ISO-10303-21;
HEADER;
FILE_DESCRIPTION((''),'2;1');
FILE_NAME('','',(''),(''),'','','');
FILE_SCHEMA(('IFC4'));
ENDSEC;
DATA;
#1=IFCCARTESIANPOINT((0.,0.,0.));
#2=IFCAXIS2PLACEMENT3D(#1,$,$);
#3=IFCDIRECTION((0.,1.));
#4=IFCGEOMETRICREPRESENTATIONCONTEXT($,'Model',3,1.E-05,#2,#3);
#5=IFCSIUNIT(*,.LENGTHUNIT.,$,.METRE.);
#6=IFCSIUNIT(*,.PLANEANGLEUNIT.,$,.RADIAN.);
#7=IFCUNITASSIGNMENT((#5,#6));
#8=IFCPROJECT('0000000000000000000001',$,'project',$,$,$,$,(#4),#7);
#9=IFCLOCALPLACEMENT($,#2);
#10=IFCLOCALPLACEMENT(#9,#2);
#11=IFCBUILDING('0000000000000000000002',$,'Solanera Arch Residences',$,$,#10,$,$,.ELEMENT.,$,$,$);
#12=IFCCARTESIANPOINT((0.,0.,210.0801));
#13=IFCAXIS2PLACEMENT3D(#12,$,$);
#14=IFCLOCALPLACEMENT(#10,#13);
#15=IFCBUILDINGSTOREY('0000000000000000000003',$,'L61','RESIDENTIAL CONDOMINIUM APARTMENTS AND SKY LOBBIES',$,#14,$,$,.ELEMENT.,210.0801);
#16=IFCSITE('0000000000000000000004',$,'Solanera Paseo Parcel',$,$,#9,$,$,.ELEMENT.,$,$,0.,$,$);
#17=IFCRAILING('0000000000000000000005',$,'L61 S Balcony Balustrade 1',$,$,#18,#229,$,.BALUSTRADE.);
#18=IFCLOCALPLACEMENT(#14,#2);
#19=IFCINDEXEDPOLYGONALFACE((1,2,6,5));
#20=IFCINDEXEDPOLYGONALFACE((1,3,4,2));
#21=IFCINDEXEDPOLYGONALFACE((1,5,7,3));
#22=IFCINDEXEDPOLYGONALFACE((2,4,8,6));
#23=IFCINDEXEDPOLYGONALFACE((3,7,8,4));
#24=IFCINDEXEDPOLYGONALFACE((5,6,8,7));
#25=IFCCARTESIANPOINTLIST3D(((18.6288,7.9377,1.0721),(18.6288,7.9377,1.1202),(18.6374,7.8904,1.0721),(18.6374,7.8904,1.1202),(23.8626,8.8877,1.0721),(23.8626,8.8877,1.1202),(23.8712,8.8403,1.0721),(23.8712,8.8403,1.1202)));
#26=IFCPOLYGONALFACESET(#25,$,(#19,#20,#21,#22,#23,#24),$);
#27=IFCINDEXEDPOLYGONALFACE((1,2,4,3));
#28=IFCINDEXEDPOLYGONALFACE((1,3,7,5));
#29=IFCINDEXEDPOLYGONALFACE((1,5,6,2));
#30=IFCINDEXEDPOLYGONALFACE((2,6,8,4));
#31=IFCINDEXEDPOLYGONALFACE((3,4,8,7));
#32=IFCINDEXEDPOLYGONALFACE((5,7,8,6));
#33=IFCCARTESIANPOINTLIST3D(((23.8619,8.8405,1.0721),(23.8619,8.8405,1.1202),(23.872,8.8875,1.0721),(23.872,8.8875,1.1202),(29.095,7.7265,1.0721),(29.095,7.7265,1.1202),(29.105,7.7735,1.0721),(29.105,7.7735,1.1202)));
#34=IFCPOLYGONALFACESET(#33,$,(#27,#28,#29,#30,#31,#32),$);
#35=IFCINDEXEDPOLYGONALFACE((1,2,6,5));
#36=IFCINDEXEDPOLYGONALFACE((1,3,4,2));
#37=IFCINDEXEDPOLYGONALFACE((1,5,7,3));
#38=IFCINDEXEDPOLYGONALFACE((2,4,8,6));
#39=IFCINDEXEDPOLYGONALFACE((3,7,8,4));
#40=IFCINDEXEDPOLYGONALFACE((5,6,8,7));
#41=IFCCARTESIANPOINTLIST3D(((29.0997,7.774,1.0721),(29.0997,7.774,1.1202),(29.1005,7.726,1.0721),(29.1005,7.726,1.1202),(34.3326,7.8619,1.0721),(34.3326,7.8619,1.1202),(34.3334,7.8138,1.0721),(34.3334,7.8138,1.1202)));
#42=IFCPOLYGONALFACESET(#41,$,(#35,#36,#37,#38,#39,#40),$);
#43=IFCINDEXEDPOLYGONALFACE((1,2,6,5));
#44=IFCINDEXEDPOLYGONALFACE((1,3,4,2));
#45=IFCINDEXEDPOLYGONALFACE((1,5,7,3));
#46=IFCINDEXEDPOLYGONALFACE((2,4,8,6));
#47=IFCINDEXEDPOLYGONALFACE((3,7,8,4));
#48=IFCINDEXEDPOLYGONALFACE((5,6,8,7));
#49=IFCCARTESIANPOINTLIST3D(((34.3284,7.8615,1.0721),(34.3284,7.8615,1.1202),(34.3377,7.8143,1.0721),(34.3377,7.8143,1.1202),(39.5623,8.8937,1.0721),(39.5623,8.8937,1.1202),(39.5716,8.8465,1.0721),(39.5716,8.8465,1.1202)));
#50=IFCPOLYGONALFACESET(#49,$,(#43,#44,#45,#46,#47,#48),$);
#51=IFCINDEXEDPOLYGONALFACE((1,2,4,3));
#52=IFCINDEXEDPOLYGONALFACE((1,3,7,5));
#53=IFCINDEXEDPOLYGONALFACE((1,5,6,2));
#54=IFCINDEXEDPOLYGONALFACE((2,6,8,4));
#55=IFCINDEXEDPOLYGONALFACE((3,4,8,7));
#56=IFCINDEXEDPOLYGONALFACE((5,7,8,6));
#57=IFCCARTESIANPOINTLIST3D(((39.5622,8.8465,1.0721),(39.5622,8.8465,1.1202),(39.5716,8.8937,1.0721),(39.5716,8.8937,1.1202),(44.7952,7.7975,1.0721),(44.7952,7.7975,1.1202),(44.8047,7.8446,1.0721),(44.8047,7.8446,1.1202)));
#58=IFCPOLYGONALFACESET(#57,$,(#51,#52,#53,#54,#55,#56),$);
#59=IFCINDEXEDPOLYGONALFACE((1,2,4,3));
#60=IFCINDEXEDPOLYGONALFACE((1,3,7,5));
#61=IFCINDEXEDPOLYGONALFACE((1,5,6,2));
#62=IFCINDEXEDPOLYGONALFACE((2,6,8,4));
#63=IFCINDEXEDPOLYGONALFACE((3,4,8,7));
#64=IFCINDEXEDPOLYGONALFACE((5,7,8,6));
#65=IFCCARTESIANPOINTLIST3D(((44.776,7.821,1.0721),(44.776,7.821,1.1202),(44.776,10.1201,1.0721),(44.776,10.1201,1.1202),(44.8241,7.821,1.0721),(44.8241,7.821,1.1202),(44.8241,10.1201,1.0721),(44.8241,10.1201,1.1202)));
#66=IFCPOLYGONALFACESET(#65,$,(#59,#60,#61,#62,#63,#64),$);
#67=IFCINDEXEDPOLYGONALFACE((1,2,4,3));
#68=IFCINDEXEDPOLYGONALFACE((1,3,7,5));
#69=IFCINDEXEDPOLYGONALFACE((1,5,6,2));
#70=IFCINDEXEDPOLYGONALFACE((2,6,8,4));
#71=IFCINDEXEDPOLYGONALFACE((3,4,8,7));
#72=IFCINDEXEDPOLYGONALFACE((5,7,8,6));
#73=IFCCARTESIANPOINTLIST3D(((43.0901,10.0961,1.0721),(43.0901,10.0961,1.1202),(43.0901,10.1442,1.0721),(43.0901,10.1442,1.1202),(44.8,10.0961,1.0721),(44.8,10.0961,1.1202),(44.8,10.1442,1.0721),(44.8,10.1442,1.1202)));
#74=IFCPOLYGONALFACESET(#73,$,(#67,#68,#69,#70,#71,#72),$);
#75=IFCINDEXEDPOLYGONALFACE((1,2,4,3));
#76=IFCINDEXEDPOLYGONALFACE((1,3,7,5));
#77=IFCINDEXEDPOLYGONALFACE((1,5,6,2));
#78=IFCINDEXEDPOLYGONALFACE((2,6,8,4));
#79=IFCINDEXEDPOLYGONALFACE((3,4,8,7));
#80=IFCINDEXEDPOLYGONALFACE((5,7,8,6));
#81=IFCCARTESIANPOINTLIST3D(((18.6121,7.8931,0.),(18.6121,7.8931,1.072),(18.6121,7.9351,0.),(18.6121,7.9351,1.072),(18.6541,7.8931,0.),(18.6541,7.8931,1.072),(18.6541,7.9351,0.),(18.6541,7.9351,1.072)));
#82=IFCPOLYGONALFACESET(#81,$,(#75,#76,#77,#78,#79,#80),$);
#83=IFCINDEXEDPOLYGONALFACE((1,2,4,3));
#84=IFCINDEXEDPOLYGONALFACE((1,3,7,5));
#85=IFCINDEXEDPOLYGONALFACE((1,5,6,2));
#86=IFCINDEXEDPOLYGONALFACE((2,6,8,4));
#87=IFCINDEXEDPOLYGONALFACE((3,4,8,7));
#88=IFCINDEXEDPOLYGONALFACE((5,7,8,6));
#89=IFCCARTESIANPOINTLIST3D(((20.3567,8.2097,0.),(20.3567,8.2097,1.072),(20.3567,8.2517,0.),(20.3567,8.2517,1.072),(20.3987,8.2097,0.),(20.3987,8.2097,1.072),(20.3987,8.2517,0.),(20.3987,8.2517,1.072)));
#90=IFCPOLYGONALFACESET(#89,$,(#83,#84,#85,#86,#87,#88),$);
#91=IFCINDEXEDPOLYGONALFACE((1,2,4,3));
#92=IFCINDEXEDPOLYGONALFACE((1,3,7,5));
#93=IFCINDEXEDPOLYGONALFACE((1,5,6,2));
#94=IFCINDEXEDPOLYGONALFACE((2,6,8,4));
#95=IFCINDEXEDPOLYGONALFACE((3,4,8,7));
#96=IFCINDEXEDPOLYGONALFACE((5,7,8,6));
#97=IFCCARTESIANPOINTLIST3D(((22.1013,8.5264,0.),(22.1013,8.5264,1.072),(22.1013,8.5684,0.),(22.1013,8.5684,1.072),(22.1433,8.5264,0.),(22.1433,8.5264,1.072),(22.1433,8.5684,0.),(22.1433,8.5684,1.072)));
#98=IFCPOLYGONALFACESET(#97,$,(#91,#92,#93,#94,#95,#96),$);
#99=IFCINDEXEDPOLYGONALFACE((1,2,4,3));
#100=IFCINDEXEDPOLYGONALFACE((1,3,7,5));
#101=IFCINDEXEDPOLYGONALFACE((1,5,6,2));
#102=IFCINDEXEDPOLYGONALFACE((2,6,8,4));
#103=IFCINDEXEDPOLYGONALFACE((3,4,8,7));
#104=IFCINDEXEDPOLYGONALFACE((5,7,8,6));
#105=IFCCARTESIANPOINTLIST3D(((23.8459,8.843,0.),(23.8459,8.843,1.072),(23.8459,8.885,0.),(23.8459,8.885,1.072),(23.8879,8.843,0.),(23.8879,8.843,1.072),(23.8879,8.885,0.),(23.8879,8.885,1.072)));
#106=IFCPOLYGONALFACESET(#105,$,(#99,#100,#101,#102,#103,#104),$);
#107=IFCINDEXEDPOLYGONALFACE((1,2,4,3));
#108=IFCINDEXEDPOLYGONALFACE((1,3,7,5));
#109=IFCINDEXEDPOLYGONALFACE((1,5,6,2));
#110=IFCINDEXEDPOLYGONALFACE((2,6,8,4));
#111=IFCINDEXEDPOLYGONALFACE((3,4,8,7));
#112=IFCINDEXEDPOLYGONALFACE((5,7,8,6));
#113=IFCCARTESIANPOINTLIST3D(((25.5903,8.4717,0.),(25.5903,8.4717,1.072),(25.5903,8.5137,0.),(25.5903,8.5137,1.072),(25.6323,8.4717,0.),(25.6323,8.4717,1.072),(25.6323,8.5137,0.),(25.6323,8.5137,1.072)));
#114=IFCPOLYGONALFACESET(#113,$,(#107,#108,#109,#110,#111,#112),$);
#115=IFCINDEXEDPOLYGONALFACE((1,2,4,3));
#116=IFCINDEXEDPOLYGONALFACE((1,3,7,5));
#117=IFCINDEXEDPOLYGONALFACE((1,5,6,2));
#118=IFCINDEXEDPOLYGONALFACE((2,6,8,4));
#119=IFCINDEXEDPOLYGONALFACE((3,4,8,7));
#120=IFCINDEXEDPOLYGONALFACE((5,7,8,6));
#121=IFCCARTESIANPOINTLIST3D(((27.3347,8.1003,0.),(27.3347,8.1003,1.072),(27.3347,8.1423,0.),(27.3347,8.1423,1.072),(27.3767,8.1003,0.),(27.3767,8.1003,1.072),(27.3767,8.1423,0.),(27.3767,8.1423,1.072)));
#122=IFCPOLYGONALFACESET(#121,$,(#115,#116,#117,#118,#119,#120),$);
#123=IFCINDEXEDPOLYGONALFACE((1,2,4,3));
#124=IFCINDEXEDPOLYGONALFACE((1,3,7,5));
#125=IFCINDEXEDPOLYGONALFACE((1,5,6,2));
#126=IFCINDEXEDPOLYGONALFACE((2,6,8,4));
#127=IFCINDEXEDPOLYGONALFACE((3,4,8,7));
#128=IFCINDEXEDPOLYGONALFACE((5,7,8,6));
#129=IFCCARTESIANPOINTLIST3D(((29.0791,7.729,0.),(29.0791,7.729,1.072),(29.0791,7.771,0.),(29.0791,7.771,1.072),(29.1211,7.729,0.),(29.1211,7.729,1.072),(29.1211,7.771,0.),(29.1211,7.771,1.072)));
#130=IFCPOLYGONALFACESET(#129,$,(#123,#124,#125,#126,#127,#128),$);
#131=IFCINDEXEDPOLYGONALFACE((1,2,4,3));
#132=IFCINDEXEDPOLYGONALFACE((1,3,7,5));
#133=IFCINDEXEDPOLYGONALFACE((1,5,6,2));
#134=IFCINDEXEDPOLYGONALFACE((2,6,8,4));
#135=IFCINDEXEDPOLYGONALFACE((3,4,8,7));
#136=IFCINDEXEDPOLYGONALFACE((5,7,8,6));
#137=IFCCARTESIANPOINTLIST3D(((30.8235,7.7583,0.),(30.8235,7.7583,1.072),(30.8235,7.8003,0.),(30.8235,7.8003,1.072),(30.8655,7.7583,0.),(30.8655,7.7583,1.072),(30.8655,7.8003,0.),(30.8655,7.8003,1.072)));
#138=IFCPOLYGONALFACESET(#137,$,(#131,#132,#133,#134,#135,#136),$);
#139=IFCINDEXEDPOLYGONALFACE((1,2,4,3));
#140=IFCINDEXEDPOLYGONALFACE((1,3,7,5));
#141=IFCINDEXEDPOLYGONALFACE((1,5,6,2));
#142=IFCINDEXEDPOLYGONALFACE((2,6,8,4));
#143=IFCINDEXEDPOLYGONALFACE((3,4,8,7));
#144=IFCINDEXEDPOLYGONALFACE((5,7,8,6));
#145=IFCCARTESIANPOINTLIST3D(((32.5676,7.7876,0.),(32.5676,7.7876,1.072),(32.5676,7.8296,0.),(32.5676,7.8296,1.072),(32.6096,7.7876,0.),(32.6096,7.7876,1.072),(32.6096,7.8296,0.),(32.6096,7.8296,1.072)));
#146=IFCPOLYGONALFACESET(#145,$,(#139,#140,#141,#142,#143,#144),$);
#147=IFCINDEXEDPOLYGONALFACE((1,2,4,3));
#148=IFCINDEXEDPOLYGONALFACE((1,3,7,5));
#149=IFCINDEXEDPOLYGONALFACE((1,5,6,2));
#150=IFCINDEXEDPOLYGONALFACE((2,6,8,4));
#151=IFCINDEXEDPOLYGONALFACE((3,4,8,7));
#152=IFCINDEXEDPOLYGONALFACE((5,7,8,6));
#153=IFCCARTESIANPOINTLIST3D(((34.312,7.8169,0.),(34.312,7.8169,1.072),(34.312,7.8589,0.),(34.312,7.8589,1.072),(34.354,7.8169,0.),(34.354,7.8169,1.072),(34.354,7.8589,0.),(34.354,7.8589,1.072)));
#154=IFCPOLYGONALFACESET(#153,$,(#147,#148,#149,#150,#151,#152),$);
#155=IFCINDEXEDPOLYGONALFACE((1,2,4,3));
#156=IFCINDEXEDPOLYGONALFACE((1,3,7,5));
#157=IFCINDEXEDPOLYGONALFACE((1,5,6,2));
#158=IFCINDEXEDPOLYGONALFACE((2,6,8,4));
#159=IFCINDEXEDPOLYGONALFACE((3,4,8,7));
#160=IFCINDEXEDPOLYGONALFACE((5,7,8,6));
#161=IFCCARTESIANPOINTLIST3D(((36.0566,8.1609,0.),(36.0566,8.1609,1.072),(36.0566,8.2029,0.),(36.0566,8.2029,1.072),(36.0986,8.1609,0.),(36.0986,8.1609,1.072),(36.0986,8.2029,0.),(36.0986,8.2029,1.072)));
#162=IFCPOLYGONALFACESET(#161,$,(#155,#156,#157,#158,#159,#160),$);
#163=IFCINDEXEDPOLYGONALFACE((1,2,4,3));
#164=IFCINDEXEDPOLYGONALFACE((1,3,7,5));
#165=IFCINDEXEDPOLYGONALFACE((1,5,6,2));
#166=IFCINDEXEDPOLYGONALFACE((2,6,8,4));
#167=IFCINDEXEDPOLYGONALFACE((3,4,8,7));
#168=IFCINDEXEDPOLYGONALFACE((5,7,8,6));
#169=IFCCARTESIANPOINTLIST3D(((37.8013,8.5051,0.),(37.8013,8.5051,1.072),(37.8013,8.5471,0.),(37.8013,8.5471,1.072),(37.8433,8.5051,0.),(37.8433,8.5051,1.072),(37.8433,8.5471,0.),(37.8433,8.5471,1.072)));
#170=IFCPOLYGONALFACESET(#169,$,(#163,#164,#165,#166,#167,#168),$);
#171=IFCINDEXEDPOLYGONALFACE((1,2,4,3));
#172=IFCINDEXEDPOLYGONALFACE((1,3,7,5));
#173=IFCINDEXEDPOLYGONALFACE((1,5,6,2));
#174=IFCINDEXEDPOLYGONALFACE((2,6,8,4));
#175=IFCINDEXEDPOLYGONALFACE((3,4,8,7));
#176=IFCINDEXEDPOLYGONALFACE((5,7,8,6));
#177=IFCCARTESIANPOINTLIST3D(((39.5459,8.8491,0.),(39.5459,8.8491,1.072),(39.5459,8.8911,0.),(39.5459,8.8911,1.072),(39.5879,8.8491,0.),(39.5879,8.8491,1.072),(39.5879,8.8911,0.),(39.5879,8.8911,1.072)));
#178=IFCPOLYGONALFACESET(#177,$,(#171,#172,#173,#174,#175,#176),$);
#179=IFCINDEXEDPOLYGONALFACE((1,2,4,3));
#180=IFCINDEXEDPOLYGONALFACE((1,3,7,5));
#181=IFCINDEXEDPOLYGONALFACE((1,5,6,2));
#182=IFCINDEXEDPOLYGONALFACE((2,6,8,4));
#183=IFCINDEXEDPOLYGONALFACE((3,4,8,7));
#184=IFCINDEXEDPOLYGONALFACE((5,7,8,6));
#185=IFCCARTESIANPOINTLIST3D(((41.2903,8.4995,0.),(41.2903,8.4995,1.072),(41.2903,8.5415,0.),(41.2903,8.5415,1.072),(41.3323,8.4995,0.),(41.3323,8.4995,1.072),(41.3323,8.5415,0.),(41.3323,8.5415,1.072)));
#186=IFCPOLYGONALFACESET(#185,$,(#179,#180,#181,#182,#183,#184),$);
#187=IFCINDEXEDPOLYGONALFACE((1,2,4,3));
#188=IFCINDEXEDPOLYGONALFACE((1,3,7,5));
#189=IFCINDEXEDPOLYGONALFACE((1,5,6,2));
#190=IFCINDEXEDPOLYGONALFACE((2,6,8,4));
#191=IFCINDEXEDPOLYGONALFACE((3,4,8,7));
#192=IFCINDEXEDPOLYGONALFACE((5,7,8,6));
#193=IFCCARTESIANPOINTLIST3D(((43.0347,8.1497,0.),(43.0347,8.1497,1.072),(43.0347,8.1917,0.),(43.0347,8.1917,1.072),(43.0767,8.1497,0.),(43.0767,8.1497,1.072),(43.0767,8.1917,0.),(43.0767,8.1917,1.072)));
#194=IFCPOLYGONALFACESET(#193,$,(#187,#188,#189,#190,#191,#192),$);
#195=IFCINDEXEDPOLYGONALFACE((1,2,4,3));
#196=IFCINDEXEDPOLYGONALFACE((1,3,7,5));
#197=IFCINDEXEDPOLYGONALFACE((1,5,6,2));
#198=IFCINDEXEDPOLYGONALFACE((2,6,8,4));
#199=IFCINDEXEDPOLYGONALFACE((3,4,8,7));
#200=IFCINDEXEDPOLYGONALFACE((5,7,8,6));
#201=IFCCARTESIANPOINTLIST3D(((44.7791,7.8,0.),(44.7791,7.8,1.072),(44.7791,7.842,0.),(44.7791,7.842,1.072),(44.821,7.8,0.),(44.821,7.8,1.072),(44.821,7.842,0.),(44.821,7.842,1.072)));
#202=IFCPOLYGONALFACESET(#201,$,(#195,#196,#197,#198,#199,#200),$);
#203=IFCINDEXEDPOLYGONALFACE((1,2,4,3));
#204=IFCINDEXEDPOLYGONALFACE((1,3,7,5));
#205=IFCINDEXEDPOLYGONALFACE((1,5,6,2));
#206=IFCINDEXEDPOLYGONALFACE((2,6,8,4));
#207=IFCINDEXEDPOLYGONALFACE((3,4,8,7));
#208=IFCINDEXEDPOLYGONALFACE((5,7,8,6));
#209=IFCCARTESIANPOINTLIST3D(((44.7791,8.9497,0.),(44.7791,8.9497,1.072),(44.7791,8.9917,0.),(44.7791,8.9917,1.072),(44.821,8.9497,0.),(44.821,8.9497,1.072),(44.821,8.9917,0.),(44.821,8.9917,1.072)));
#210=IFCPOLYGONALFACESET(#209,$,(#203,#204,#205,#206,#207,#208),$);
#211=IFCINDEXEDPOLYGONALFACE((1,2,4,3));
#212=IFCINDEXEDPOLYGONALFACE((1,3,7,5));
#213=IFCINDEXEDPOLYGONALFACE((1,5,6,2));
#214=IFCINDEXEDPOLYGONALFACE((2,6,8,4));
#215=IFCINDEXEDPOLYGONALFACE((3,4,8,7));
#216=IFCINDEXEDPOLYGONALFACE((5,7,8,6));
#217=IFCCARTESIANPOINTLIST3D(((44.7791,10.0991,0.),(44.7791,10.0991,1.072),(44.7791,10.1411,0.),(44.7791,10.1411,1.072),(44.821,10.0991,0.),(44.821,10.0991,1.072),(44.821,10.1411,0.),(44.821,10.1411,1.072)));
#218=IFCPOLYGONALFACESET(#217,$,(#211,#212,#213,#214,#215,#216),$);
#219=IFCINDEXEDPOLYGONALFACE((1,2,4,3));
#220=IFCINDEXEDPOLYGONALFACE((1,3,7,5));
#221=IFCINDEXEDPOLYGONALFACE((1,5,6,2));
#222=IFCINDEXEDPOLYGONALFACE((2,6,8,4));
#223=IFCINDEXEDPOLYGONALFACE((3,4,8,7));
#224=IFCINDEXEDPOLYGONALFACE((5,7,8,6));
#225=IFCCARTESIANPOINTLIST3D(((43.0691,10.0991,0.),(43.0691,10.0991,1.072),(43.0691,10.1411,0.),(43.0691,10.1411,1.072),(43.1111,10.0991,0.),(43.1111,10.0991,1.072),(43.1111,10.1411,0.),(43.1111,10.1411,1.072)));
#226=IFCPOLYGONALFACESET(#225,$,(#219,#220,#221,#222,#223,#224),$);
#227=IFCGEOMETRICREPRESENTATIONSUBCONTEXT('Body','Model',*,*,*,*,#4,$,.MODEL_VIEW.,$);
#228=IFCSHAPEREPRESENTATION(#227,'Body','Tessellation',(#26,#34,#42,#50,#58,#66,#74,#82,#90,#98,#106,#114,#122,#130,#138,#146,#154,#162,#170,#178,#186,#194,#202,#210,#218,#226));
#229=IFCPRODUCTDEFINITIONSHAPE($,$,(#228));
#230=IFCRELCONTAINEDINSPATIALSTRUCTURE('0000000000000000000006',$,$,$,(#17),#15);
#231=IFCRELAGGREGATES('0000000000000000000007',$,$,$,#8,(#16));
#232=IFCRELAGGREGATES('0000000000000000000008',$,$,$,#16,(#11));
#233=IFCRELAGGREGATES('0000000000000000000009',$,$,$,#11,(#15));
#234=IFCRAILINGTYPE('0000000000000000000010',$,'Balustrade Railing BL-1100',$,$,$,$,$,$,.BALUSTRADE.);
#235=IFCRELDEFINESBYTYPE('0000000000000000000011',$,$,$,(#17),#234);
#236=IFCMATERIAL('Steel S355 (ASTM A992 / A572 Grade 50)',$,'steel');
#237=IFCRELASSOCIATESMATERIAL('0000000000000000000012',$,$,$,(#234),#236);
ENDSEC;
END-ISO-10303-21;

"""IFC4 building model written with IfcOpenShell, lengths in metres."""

from ifc_helpers import new_model, si_unit, direction, frame, origin, origin_2d, place, context, subcontext, project, spatial, rectangle, extrude, material, type_object, element, save


model = new_model("IFC4")

# Units and contexts
model_context = context("Model", 3, precision=1e-05, world=origin(), true_north=direction((0.0, 1.0)))
body_context = subcontext(model_context, "Body", "Model", "MODEL_VIEW")
ifc_project = project(units=[si_unit("LENGTHUNIT", "METRE"), si_unit("PLANEANGLEUNIT", "RADIAN")], contexts=[model_context])

# Site, building, storey
site_placement = place(None, origin())
site = spatial("IfcSite", under=ifc_project, at=site_placement, Name="Solanera Paseo Parcel", CompositionType="ELEMENT", RefElevation=0.0)
building_placement = place(site_placement, origin())
building = spatial("IfcBuilding", under=site, at=building_placement, Name="Solanera Arch Residences", CompositionType="ELEMENT")
storey_placement = place(building_placement, frame((0.0, 0.0, 210.0801)))
storey = spatial("IfcBuildingStorey", under=building, at=storey_placement, Name="L61", Description="RESIDENTIAL CONDOMINIUM APARTMENTS AND SKY LOBBIES", CompositionType="ELEMENT", Elevation=210.0801)

# Railing
ifc_material_1 = material(Name="Steel S355 (ASTM A992 / A572 Grade 50)", Category="steel")
railing_type = type_object("IfcRailingType", Name="Balustrade Railing BL-1100", PredefinedType="BALUSTRADE", material=ifc_material_1)
railing_placement = place(storey_placement, frame((18.6331, 7.9141, 0.0)))
element("IfcRailing", 1, at=railing_placement, inside=storey, type_object=railing_type, Name="L61 S Balcony Balustrade 1", PredefinedType="BALUSTRADE", context=body_context, shape_type="SweptSolid", body=[
    extrude(rectangle(XDim=0.0481, YDim=0.0481, at=origin_2d()), frame((0.0, 0.0, 1.0962), z_axis=(0.983925, 0.178583, 0.0), x_axis=(-0.178583, 0.983925, 0.0)), (0.0, 0.0, 1.0), 5.3193),
    extrude(rectangle(XDim=0.0481, YDim=0.0481, at=origin_2d()), frame((5.2339, 0.95, 1.0962), z_axis=(0.978084, -0.208211, 0.0), x_axis=(0.208211, 0.978084, 0.0)), (0.0, 0.0, 1.0), 5.3503),
    extrude(rectangle(XDim=0.0481, YDim=0.0481, at=origin_2d()), frame((10.467, -0.1641, 1.0962), z_axis=(0.999859, 0.016793, 0.0), x_axis=(-0.016793, 0.999859, 0.0)), (0.0, 0.0, 1.0), 5.2336),
    extrude(rectangle(XDim=0.0481, YDim=0.0481, at=origin_2d()), frame((15.7, -0.0762, 1.0962), z_axis=(0.981102, 0.193493, 0.0), x_axis=(-0.193493, 0.981102, 0.0)), (0.0, 0.0, 1.0), 5.3347),
    extrude(rectangle(XDim=0.0481, YDim=0.0481, at=origin_2d()), frame((20.9338, 0.9561, 1.0962), z_axis=(0.980493, -0.196556, 0.0), x_axis=(0.196556, 0.980493, 0.0)), (0.0, 0.0, 1.0), 5.3372),
    extrude(rectangle(XDim=0.0481, YDim=0.0481, at=origin_2d()), frame((26.167, -0.093, 1.0962), z_axis=(0.0, 1.0, 0.0), x_axis=(-1.0, 0.0, 0.0)), (0.0, 0.0, 1.0), 2.2991),
    extrude(rectangle(XDim=0.0481, YDim=0.0481, at=origin_2d()), frame((26.167, 2.2061, 1.0962), z_axis=(-1.0, 0.0, 0.0), x_axis=(0.0, -1.0, 0.0)), (0.0, 0.0, 1.0), 1.71),
    extrude(rectangle(XDim=0.042, YDim=0.042, at=origin_2d()), origin(), (0.0, 0.0, 1.0), 1.072),
    extrude(rectangle(XDim=0.042, YDim=0.042, at=origin_2d()), frame((1.7446, 0.3167, 0.0)), (0.0, 0.0, 1.0), 1.072),
    extrude(rectangle(XDim=0.042, YDim=0.042, at=origin_2d()), frame((3.4893, 0.6333, 0.0)), (0.0, 0.0, 1.0), 1.072),
    extrude(rectangle(XDim=0.042, YDim=0.042, at=origin_2d()), frame((5.2339, 0.95, 0.0)), (0.0, 0.0, 1.0), 1.072),
    extrude(rectangle(XDim=0.042, YDim=0.042, at=origin_2d()), frame((6.9783, 0.5786, 0.0)), (0.0, 0.0, 1.0), 1.072),
    extrude(rectangle(XDim=0.042, YDim=0.042, at=origin_2d()), frame((8.7227, 0.2073, 0.0)), (0.0, 0.0, 1.0), 1.072),
    extrude(rectangle(XDim=0.042, YDim=0.042, at=origin_2d()), frame((10.467, -0.1641, 0.0)), (0.0, 0.0, 1.0), 1.072),
    extrude(rectangle(XDim=0.042, YDim=0.042, at=origin_2d()), frame((12.2114, -0.1348, 0.0)), (0.0, 0.0, 1.0), 1.072),
    extrude(rectangle(XDim=0.042, YDim=0.042, at=origin_2d()), frame((13.9556, -0.1055, 0.0)), (0.0, 0.0, 1.0), 1.072),
    extrude(rectangle(XDim=0.042, YDim=0.042, at=origin_2d()), frame((15.7, -0.0762, 0.0)), (0.0, 0.0, 1.0), 1.072),
    extrude(rectangle(XDim=0.042, YDim=0.042, at=origin_2d()), frame((17.4446, 0.2678, 0.0)), (0.0, 0.0, 1.0), 1.072),
    extrude(rectangle(XDim=0.042, YDim=0.042, at=origin_2d()), frame((19.1892, 0.6121, 0.0)), (0.0, 0.0, 1.0), 1.072),
    extrude(rectangle(XDim=0.042, YDim=0.042, at=origin_2d()), frame((20.9338, 0.9561, 0.0)), (0.0, 0.0, 1.0), 1.072),
    extrude(rectangle(XDim=0.042, YDim=0.042, at=origin_2d()), frame((22.6782, 0.6064, 0.0)), (0.0, 0.0, 1.0), 1.072),
    extrude(rectangle(XDim=0.042, YDim=0.042, at=origin_2d()), frame((24.4226, 0.2566, 0.0)), (0.0, 0.0, 1.0), 1.072),
    extrude(rectangle(XDim=0.042, YDim=0.042, at=origin_2d()), frame((26.167, -0.093, 0.0)), (0.0, 0.0, 1.0), 1.072),
    extrude(rectangle(XDim=0.042, YDim=0.042, at=origin_2d()), frame((26.167, 1.0566, 0.0)), (0.0, 0.0, 1.0), 1.072),
    extrude(rectangle(XDim=0.042, YDim=0.042, at=origin_2d()), frame((26.167, 2.2061, 0.0)), (0.0, 0.0, 1.0), 1.072),
    extrude(rectangle(XDim=0.042, YDim=0.042, at=origin_2d()), frame((24.457, 2.2061, 0.0)), (0.0, 0.0, 1.0), 1.072),
])

save(model, "model.ifc")
